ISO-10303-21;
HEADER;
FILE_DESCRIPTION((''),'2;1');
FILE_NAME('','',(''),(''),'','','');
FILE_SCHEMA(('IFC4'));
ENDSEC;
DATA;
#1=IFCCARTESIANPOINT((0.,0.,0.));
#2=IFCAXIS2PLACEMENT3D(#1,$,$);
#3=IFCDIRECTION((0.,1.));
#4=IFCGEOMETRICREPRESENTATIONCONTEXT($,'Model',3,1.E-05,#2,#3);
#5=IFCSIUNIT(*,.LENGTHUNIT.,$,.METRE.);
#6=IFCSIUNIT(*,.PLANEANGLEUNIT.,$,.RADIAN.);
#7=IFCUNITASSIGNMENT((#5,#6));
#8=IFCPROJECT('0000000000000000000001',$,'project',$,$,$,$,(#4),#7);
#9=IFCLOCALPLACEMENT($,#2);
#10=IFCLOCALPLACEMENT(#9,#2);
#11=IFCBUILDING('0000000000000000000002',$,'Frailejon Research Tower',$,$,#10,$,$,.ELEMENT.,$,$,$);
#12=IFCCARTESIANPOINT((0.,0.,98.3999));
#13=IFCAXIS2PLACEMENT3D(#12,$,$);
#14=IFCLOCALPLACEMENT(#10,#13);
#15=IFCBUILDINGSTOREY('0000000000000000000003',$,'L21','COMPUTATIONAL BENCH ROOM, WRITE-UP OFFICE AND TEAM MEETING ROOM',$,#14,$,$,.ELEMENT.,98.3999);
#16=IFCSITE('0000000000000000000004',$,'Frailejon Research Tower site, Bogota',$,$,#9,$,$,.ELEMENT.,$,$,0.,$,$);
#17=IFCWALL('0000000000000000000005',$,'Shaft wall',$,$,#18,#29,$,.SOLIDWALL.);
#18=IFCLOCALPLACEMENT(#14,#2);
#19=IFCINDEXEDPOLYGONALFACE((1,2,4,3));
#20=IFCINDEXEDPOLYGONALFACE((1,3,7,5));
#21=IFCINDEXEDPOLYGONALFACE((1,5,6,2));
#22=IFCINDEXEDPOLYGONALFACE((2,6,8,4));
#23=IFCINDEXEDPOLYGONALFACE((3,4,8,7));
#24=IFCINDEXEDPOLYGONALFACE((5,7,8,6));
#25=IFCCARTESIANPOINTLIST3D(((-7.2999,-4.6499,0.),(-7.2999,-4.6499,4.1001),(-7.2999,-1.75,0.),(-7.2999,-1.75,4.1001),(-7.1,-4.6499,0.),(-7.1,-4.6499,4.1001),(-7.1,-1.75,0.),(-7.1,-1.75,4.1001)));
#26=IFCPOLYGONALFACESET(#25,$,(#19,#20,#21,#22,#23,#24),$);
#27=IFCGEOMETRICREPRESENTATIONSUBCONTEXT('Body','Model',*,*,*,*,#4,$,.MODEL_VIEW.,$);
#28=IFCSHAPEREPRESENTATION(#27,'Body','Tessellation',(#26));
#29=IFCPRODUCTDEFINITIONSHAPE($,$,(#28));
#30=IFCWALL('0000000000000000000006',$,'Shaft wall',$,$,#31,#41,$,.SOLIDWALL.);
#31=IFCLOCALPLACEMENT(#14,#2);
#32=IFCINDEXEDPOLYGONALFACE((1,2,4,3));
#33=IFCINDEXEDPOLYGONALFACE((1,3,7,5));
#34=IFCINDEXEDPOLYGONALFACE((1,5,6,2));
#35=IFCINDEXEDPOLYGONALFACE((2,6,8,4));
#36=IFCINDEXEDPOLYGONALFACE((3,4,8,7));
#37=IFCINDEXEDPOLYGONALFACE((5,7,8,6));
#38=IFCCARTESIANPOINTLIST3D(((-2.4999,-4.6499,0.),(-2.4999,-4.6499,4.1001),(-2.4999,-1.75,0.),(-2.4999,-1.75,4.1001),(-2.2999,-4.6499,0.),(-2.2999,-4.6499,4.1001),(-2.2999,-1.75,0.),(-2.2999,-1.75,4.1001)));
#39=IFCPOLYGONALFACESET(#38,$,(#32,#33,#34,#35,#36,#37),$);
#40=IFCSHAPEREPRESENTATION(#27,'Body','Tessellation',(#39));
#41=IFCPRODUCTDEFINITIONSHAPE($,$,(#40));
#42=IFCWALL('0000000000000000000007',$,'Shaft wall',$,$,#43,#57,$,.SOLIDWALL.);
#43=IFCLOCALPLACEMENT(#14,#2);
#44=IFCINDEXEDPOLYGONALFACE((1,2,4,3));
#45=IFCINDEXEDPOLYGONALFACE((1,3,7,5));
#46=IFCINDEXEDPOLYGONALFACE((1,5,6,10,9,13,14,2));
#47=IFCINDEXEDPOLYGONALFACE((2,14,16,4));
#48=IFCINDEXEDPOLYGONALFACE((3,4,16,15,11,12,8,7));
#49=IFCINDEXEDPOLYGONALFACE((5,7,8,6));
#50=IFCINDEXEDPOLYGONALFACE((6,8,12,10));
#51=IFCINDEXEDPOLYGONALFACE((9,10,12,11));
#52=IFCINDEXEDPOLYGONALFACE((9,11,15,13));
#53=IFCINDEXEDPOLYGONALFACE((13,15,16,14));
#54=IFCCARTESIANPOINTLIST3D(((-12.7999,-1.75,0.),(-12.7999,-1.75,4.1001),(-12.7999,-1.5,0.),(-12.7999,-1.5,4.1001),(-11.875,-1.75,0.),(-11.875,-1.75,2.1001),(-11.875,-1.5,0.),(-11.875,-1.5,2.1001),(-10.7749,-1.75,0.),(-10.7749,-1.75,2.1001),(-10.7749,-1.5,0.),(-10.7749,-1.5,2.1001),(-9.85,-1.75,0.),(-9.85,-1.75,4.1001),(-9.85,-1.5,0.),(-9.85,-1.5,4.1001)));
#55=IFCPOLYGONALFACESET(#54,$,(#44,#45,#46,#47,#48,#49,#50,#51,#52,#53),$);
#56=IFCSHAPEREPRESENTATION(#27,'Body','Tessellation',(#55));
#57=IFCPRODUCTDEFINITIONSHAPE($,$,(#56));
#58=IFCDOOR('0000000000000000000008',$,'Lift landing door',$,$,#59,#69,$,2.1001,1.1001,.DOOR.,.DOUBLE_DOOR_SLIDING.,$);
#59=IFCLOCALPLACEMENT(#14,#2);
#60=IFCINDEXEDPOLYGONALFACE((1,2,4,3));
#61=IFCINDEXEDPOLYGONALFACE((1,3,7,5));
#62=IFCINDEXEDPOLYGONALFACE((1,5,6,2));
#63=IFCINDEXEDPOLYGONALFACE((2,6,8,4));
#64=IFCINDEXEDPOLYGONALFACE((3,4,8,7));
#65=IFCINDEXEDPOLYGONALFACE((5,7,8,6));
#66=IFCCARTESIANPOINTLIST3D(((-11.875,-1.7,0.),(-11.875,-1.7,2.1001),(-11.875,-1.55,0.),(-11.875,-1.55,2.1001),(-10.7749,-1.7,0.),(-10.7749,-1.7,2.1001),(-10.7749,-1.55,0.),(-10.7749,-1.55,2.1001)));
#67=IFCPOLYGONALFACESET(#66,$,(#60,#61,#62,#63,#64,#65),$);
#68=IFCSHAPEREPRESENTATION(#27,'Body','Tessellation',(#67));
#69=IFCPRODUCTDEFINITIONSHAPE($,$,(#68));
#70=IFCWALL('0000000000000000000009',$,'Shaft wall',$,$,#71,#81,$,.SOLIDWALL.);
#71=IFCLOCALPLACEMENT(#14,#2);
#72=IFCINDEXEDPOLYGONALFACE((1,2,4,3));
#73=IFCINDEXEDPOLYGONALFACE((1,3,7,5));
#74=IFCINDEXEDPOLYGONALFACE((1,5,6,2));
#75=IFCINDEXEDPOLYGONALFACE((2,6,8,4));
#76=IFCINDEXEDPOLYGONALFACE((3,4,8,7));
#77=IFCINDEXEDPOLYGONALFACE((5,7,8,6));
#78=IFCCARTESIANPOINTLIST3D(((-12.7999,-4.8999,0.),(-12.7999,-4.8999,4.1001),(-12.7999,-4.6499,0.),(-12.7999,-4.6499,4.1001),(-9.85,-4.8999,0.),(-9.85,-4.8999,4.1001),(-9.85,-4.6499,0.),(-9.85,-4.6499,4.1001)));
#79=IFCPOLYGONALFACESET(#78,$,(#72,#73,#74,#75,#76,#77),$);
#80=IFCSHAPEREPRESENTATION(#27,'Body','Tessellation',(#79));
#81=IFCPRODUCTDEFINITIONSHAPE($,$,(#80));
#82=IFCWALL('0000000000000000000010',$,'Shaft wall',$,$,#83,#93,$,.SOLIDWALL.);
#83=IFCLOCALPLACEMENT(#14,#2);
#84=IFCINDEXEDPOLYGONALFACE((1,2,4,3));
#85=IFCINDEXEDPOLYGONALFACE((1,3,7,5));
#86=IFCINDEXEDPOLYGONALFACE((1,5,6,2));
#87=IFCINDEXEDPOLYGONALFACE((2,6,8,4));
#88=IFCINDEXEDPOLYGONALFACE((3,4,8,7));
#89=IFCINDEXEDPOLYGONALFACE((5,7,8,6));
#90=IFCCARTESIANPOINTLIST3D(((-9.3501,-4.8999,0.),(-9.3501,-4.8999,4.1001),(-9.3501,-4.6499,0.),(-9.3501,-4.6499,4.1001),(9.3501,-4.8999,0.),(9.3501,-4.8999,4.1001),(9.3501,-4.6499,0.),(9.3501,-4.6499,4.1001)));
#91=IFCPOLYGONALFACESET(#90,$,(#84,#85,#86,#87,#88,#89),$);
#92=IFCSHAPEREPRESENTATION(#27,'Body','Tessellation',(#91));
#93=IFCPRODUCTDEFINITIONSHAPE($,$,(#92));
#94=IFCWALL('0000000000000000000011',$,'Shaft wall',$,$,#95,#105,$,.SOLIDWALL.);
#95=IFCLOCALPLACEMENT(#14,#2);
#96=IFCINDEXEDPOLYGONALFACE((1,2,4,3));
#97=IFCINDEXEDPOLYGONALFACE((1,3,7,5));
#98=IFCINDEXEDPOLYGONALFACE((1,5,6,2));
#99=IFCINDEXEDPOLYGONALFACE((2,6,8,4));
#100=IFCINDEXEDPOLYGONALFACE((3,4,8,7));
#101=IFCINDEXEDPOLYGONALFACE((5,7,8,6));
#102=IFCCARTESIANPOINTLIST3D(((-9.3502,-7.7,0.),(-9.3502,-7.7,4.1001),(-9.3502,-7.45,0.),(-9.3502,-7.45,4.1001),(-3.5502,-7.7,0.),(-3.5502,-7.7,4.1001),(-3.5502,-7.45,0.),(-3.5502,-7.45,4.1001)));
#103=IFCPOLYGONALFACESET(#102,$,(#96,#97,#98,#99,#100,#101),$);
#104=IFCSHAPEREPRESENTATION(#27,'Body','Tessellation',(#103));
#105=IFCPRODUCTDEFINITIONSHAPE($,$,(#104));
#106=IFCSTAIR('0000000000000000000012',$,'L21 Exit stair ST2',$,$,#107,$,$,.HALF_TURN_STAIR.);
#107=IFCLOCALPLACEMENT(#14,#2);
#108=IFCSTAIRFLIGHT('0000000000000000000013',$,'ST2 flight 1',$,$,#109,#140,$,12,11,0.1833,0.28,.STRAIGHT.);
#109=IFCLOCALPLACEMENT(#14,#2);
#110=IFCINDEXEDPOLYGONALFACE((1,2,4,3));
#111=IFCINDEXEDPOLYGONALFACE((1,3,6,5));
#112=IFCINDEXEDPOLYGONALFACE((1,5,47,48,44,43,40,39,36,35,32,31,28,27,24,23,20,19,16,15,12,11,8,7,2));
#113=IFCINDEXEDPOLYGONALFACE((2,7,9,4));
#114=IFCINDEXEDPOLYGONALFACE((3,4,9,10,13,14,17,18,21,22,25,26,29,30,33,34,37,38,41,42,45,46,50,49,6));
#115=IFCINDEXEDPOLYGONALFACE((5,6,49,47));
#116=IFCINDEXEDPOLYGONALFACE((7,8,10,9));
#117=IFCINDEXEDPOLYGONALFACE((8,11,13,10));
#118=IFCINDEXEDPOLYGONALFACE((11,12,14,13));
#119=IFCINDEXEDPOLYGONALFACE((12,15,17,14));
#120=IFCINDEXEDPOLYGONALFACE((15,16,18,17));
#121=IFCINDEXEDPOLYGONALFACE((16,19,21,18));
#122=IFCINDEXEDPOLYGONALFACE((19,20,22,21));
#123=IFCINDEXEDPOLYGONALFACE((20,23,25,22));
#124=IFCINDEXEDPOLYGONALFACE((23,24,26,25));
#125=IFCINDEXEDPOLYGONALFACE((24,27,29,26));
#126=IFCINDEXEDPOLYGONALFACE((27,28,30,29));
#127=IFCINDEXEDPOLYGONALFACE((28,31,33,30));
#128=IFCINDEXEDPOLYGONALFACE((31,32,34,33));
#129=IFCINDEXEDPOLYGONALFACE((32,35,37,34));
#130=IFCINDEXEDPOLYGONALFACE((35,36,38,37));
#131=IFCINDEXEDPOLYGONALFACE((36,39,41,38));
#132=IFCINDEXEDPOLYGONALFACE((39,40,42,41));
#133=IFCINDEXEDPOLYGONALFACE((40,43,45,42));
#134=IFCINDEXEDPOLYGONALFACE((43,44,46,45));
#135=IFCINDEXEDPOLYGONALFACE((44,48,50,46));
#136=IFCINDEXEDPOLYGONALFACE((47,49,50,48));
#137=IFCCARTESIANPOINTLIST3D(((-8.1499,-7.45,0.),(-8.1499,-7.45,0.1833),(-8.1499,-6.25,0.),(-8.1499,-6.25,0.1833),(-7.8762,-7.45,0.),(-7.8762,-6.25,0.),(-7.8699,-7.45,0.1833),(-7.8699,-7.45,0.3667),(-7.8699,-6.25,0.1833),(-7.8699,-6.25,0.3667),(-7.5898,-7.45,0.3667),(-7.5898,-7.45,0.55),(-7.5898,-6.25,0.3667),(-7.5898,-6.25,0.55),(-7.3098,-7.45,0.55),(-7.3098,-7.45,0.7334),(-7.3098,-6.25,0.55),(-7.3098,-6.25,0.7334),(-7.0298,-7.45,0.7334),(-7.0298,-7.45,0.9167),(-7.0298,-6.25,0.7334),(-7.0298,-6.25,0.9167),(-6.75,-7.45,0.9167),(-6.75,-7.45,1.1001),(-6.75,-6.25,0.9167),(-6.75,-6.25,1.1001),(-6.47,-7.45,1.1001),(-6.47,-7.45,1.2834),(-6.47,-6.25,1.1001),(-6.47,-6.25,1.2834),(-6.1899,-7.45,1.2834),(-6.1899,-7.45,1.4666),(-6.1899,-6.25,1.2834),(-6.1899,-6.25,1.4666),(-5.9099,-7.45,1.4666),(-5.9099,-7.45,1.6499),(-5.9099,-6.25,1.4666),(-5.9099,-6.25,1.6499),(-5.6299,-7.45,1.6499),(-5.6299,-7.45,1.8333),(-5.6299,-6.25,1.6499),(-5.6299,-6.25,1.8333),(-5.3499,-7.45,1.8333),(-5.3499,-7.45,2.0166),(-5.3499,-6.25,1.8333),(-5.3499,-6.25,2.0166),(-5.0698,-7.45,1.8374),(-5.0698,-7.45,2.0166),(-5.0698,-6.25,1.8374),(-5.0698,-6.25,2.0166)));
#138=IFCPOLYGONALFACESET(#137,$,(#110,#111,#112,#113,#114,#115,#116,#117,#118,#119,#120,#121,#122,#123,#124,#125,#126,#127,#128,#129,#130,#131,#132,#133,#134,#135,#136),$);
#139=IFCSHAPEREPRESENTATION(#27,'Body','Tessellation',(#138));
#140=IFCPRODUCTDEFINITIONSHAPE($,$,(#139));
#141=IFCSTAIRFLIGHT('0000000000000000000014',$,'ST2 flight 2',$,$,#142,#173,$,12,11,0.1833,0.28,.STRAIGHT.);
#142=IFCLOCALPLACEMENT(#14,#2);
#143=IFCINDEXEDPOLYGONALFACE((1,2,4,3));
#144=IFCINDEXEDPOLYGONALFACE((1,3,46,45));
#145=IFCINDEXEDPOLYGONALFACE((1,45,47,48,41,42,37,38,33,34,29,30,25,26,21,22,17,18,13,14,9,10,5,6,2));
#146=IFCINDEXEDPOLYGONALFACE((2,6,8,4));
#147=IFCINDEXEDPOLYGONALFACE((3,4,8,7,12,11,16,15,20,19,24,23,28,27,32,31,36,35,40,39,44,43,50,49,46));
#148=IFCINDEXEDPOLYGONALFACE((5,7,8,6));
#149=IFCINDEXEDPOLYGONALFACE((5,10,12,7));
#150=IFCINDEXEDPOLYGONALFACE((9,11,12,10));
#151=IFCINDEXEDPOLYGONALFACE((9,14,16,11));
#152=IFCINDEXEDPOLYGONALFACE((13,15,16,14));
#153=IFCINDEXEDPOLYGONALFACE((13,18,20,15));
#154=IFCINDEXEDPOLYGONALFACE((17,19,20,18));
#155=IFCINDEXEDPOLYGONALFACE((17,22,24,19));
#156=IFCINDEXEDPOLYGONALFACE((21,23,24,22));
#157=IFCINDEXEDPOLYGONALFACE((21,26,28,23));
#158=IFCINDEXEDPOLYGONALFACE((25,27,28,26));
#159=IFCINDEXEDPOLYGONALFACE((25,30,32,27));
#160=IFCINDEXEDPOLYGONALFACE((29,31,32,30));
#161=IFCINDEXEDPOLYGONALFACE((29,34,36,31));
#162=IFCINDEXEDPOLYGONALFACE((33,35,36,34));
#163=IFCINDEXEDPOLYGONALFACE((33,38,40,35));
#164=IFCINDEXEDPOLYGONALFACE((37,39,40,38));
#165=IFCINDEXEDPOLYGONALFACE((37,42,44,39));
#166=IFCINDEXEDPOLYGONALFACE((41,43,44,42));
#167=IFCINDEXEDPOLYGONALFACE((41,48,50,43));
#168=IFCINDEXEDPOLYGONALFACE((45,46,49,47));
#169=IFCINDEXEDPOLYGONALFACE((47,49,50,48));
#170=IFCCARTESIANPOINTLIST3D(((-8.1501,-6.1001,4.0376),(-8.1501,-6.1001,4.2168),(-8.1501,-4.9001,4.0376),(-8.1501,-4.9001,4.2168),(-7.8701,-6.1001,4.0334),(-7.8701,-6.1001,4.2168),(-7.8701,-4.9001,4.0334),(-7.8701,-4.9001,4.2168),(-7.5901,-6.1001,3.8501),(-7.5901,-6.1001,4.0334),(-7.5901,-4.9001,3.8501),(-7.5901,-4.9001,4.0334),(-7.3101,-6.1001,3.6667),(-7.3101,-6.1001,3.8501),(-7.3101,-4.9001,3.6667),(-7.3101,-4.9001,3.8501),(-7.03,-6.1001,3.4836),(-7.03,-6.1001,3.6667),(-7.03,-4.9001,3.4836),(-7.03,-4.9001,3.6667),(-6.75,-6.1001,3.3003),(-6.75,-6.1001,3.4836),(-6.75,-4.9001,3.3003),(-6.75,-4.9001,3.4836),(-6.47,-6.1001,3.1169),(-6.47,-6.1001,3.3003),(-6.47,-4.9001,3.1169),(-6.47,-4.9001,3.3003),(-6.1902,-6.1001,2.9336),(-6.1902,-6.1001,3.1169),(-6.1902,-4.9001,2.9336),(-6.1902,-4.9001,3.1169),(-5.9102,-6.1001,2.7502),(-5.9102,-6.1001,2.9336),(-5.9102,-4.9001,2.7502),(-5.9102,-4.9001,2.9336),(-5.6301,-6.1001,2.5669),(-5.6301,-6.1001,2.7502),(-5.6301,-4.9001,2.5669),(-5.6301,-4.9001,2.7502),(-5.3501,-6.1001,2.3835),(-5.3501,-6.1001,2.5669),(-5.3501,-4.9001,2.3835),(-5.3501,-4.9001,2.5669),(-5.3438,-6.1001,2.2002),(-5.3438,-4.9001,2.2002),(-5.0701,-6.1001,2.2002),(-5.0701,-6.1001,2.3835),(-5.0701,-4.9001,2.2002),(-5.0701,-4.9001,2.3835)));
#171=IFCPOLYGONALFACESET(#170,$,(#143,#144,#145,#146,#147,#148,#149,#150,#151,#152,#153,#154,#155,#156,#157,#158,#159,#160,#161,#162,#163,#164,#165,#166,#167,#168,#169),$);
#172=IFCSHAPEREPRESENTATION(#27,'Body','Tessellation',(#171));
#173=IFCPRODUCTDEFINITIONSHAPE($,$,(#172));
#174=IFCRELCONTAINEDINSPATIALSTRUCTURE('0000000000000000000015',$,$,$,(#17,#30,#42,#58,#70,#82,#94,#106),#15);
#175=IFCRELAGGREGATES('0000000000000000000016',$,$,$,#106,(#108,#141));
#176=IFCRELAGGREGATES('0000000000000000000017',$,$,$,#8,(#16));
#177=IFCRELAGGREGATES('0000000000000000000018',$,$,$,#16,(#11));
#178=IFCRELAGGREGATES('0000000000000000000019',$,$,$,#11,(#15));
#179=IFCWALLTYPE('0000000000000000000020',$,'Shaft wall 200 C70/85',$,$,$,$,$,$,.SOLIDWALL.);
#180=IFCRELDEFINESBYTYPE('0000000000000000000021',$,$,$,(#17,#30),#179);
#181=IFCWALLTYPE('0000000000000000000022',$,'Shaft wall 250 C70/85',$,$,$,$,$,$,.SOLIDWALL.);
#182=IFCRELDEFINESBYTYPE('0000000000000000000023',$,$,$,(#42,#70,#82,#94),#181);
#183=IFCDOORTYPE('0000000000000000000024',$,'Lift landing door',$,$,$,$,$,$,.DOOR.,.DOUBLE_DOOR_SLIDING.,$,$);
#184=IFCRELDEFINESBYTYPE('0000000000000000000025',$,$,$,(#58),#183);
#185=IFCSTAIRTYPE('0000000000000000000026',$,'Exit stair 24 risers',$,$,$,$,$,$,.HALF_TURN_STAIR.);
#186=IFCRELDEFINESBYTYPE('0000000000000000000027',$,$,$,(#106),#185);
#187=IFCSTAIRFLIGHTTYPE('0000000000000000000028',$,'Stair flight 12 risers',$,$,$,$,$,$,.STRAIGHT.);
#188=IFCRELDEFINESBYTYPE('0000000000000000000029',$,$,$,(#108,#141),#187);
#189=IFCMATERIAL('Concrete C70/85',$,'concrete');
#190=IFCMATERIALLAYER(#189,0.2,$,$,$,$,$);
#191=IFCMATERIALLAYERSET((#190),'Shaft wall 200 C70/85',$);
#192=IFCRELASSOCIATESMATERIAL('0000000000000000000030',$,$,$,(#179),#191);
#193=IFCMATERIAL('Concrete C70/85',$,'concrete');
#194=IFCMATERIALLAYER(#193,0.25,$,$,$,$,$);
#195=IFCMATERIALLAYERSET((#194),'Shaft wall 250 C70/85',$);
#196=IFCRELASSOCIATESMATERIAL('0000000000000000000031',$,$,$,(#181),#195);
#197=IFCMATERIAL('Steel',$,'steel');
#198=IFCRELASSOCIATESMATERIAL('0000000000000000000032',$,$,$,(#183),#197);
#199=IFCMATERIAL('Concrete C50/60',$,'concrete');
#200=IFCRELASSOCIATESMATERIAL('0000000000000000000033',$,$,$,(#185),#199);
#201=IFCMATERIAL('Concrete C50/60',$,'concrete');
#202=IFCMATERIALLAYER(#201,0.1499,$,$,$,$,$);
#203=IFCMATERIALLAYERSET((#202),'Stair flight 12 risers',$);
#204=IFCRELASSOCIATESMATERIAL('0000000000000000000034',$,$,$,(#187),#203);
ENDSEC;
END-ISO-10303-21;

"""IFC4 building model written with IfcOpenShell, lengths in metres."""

from ifc_helpers import new_model, si_unit, direction, frame, frame_2d, origin, place, context, subcontext, project, spatial, polyline, rectangle, outline, extrude, material, layer, layer_set, type_object, element, fill, aggregate, save


model = new_model("IFC4")

# Units and contexts
model_context = context("Model", 3, precision=1e-05, world=origin(), true_north=direction((0.0, 1.0)))
body_context = subcontext(model_context, "Body", "Model", "MODEL_VIEW")
ifc_project = project(units=[si_unit("LENGTHUNIT", "METRE"), si_unit("PLANEANGLEUNIT", "RADIAN")], contexts=[model_context])

# Site, building, storey
site_placement = place(None, origin())
site = spatial("IfcSite", under=ifc_project, at=site_placement, Name="Frailejon Research Tower site, Bogota", CompositionType="ELEMENT", RefElevation=0.0)
building_placement = place(site_placement, origin())
building = spatial("IfcBuilding", under=site, at=building_placement, Name="Frailejon Research Tower", CompositionType="ELEMENT")
storey_placement = place(building_placement, frame((0.0, 0.0, 98.3999)))
storey = spatial("IfcBuildingStorey", under=building, at=storey_placement, Name="L21", Description="COMPUTATIONAL BENCH ROOM, WRITE-UP OFFICE AND TEAM MEETING ROOM", CompositionType="ELEMENT", Elevation=98.3999)

# Walls
ifc_material_1 = material(Name="Concrete C70/85", Category="concrete")
ifc_layer_1 = layer(ifc_material_1, 0.2)
ifc_layer_set_1 = layer_set([ifc_layer_1], Name="Shaft wall 200 C70/85")
wall_type_1 = type_object("IfcWallType", Name="Shaft wall 200 C70/85", PredefinedType="SOLIDWALL", material=ifc_layer_set_1)
for number, where, z_axis, x_axis, name in (
    (1, (-7.2, -4.6499, 0.0), (0.0, 0.0, 1.0), (0.0, 1.0, 0.0), "Shaft wall"),
    (2, (-2.3999, -4.6499, 0.0), (0.0, 0.0, 1.0), (0.0, 1.0, 0.0), "Shaft wall"),
):
    element("IfcWall", number, at=place(storey_placement, frame(where, z_axis=z_axis, x_axis=x_axis)), inside=storey, type_object=wall_type_1, Name=name, PredefinedType="SOLIDWALL", context=body_context, shape_type="SweptSolid", body=[
        extrude(rectangle(XDim=2.8999, YDim=0.2, at=frame_2d((1.45, 0.0))), origin(), (0.0, 0.0, 1.0), 4.1001),
    ])

# Wall, opening, door
ifc_material_2 = material(Name="Concrete C70/85", Category="concrete")
ifc_layer_2 = layer(ifc_material_2, 0.25)
ifc_layer_set_2 = layer_set([ifc_layer_2], Name="Shaft wall 250 C70/85")
wall_type_2 = type_object("IfcWallType", Name="Shaft wall 250 C70/85", PredefinedType="SOLIDWALL", material=ifc_layer_set_2)
wall_1_placement = place(storey_placement, frame((-12.8, -1.625, 0.0), z_axis=(0.0, 0.0, 1.0), x_axis=(1.0, 0.0, 0.0)))
wall_1 = element("IfcWall", 3, at=wall_1_placement, inside=storey, type_object=wall_type_2, Name="Shaft wall", PredefinedType="SOLIDWALL", context=body_context, shape_type="SweptSolid", body=[
    extrude(rectangle(XDim=2.95, YDim=0.25, at=frame_2d((1.4751, 0.0))), origin(), (0.0, 0.0, 1.0), 4.1001),
])
opening_placement = place(wall_1_placement, frame((0.925, 0.0, 0.0)))
opening = element("IfcOpeningElement", 4, at=opening_placement, cuts=wall_1, PredefinedType="OPENING", context=body_context, shape_type="SweptSolid", body=[
    extrude(rectangle(XDim=1.1001, YDim=2.1001, at=frame_2d((0.55, 1.05))), frame((0.0, 0.135, 0.0), z_axis=(0.0, -1.0, 0.0), x_axis=(1.0, 0.0, 0.0)), (0.0, 0.0, 1.0), 0.27),
])
ifc_material_3 = material(Name="Steel", Category="steel")
door_type = type_object("IfcDoorType", Name="Lift landing door", OperationType="DOUBLE_DOOR_SLIDING", PredefinedType="DOOR", material=ifc_material_3)
door_placement = place(opening_placement, origin())
door = element("IfcDoor", 5, at=door_placement, inside=storey, type_object=door_type, Name="Lift landing door", OperationType="DOUBLE_DOOR_SLIDING", OverallHeight=2.1001, OverallWidth=1.1001, PredefinedType="DOOR", context=body_context, shape_type="SweptSolid", body=[
    extrude(rectangle(XDim=1.1001, YDim=2.1001, at=frame_2d((0.55, 1.05))), frame((0.0, 0.075, 0.0), z_axis=(0.0, -1.0, 0.0), x_axis=(1.0, 0.0, 0.0)), (0.0, 0.0, 1.0), 0.1499),
])
fill(opening, door)

# Walls
wall_2_placement = place(storey_placement, frame((-12.8, -4.7749, 0.0), z_axis=(0.0, 0.0, 1.0), x_axis=(1.0, 0.0, 0.0)))
element("IfcWall", 6, at=wall_2_placement, inside=storey, type_object=wall_type_2, Name="Shaft wall", PredefinedType="SOLIDWALL", context=body_context, shape_type="SweptSolid", body=[
    extrude(rectangle(XDim=2.95, YDim=0.25, at=frame_2d((1.4751, 0.0))), origin(), (0.0, 0.0, 1.0), 4.1001),
])
wall_3_placement = place(storey_placement, frame((-9.3501, -4.7749, 0.0), z_axis=(0.0, 0.0, 1.0), x_axis=(1.0, 0.0, 0.0)))
element("IfcWall", 7, at=wall_3_placement, inside=storey, type_object=wall_type_2, Name="Shaft wall", PredefinedType="SOLIDWALL", context=body_context, shape_type="SweptSolid", body=[
    extrude(rectangle(XDim=18.7002, YDim=0.25, at=frame_2d((9.3501, 0.0))), origin(), (0.0, 0.0, 1.0), 4.1001),
])
wall_4_placement = place(storey_placement, frame((-9.3501, -7.575, 0.0), z_axis=(0.0, 0.0, 1.0), x_axis=(1.0, 0.0, 0.0)))
element("IfcWall", 8, at=wall_4_placement, inside=storey, type_object=wall_type_2, Name="Shaft wall", PredefinedType="SOLIDWALL", context=body_context, shape_type="SweptSolid", body=[
    extrude(rectangle(XDim=5.8, YDim=0.25, at=frame_2d((2.8999, 0.0))), origin(), (0.0, 0.0, 1.0), 4.1001),
])

# Stair, stair flights
ifc_material_4 = material(Name="Concrete C50/60", Category="concrete")
stair_type = type_object("IfcStairType", Name="Exit stair 24 risers", PredefinedType="HALF_TURN_STAIR", material=ifc_material_4)
stair_placement = place(storey_placement, origin())
stair = element("IfcStair", 9, at=stair_placement, inside=storey, type_object=stair_type, Name="L21 Exit stair ST2", PredefinedType="HALF_TURN_STAIR")
ifc_material_5 = material(Name="Concrete C50/60", Category="concrete")
ifc_layer_3 = layer(ifc_material_5, 0.1499)
ifc_layer_set_3 = layer_set([ifc_layer_3], Name="Stair flight 12 risers")
stair_flight_type = type_object("IfcStairFlightType", Name="Stair flight 12 risers", PredefinedType="STRAIGHT", material=ifc_layer_set_3)
stair_flight_1_placement = place(storey_placement, frame((-8.1499, -6.8501, 0.0), z_axis=(0.0, 0.0, 1.0), x_axis=(1.0, 0.0, 0.0)))
stair_flight_1 = element("IfcStairFlight", 10, at=stair_flight_1_placement, type_object=stair_flight_type, Name="ST2 flight 1", NumberOfRisers=12, NumberOfTreads=11, PredefinedType="STRAIGHT", RiserHeight=0.1833, TreadLength=0.28, context=body_context, shape_type="SweptSolid", body=[
    extrude(outline(polyline([(0.0, 0.0), (0.0, 0.1833), (0.28, 0.1833), (0.28, 0.3667), (0.5601, 0.3667), (0.5601, 0.55), (0.8401, 0.55), (0.8401, 0.7334), (1.1201, 0.7334), (1.1201, 0.9167), (1.3999, 0.9167), (1.3999, 1.1001), (1.6799, 1.1001), (1.6799, 1.2834), (1.96, 1.2834), (1.96, 1.4666), (2.24, 1.4666), (2.24, 1.6499), (2.52, 1.6499), (2.52, 1.8333), (2.8, 1.8333), (2.8, 2.0166), (3.0801, 2.0166), (3.0801, 2.2), (3.0801, 1.8374), (0.2737, 0.0), (0.0, 0.0)])), frame((0.0, 0.6001, 0.0), z_axis=(0.0, -1.0, 0.0), x_axis=(1.0, 0.0, 0.0)), (0.0, 0.0, 1.0), 1.2),
])
stair_flight_2_placement = place(storey_placement, frame((-5.0701, -5.5, 2.2002), z_axis=(0.0, 0.0, 1.0), x_axis=(-1.0, 0.0, 0.0)))
stair_flight_2 = element("IfcStairFlight", 11, at=stair_flight_2_placement, type_object=stair_flight_type, Name="ST2 flight 2", NumberOfRisers=12, NumberOfTreads=11, PredefinedType="STRAIGHT", RiserHeight=0.1833, TreadLength=0.28, context=body_context, shape_type="SweptSolid", body=[
    extrude(outline(polyline([(0.0, 0.0), (0.0, 0.1833), (0.28, 0.1833), (0.28, 0.3667), (0.5601, 0.3667), (0.5601, 0.55), (0.8401, 0.55), (0.8401, 0.7334), (1.1201, 0.7334), (1.1201, 0.9167), (1.3999, 0.9167), (1.3999, 1.1001), (1.6799, 1.1001), (1.6799, 1.2834), (1.96, 1.2834), (1.96, 1.4666), (2.24, 1.4666), (2.24, 1.6499), (2.52, 1.6499), (2.52, 1.8333), (2.8, 1.8333), (2.8, 2.0166), (3.0801, 2.0166), (3.0801, 2.2), (3.0801, 1.8374), (0.2737, 0.0), (0.0, 0.0)])), frame((0.0, 0.6001, 0.0), z_axis=(0.0, -1.0, 0.0), x_axis=(1.0, 0.0, 0.0)), (0.0, 0.0, 1.0), 1.2),
])
aggregate(stair, [stair_flight_1, stair_flight_2])

save(model, "model.ifc")
